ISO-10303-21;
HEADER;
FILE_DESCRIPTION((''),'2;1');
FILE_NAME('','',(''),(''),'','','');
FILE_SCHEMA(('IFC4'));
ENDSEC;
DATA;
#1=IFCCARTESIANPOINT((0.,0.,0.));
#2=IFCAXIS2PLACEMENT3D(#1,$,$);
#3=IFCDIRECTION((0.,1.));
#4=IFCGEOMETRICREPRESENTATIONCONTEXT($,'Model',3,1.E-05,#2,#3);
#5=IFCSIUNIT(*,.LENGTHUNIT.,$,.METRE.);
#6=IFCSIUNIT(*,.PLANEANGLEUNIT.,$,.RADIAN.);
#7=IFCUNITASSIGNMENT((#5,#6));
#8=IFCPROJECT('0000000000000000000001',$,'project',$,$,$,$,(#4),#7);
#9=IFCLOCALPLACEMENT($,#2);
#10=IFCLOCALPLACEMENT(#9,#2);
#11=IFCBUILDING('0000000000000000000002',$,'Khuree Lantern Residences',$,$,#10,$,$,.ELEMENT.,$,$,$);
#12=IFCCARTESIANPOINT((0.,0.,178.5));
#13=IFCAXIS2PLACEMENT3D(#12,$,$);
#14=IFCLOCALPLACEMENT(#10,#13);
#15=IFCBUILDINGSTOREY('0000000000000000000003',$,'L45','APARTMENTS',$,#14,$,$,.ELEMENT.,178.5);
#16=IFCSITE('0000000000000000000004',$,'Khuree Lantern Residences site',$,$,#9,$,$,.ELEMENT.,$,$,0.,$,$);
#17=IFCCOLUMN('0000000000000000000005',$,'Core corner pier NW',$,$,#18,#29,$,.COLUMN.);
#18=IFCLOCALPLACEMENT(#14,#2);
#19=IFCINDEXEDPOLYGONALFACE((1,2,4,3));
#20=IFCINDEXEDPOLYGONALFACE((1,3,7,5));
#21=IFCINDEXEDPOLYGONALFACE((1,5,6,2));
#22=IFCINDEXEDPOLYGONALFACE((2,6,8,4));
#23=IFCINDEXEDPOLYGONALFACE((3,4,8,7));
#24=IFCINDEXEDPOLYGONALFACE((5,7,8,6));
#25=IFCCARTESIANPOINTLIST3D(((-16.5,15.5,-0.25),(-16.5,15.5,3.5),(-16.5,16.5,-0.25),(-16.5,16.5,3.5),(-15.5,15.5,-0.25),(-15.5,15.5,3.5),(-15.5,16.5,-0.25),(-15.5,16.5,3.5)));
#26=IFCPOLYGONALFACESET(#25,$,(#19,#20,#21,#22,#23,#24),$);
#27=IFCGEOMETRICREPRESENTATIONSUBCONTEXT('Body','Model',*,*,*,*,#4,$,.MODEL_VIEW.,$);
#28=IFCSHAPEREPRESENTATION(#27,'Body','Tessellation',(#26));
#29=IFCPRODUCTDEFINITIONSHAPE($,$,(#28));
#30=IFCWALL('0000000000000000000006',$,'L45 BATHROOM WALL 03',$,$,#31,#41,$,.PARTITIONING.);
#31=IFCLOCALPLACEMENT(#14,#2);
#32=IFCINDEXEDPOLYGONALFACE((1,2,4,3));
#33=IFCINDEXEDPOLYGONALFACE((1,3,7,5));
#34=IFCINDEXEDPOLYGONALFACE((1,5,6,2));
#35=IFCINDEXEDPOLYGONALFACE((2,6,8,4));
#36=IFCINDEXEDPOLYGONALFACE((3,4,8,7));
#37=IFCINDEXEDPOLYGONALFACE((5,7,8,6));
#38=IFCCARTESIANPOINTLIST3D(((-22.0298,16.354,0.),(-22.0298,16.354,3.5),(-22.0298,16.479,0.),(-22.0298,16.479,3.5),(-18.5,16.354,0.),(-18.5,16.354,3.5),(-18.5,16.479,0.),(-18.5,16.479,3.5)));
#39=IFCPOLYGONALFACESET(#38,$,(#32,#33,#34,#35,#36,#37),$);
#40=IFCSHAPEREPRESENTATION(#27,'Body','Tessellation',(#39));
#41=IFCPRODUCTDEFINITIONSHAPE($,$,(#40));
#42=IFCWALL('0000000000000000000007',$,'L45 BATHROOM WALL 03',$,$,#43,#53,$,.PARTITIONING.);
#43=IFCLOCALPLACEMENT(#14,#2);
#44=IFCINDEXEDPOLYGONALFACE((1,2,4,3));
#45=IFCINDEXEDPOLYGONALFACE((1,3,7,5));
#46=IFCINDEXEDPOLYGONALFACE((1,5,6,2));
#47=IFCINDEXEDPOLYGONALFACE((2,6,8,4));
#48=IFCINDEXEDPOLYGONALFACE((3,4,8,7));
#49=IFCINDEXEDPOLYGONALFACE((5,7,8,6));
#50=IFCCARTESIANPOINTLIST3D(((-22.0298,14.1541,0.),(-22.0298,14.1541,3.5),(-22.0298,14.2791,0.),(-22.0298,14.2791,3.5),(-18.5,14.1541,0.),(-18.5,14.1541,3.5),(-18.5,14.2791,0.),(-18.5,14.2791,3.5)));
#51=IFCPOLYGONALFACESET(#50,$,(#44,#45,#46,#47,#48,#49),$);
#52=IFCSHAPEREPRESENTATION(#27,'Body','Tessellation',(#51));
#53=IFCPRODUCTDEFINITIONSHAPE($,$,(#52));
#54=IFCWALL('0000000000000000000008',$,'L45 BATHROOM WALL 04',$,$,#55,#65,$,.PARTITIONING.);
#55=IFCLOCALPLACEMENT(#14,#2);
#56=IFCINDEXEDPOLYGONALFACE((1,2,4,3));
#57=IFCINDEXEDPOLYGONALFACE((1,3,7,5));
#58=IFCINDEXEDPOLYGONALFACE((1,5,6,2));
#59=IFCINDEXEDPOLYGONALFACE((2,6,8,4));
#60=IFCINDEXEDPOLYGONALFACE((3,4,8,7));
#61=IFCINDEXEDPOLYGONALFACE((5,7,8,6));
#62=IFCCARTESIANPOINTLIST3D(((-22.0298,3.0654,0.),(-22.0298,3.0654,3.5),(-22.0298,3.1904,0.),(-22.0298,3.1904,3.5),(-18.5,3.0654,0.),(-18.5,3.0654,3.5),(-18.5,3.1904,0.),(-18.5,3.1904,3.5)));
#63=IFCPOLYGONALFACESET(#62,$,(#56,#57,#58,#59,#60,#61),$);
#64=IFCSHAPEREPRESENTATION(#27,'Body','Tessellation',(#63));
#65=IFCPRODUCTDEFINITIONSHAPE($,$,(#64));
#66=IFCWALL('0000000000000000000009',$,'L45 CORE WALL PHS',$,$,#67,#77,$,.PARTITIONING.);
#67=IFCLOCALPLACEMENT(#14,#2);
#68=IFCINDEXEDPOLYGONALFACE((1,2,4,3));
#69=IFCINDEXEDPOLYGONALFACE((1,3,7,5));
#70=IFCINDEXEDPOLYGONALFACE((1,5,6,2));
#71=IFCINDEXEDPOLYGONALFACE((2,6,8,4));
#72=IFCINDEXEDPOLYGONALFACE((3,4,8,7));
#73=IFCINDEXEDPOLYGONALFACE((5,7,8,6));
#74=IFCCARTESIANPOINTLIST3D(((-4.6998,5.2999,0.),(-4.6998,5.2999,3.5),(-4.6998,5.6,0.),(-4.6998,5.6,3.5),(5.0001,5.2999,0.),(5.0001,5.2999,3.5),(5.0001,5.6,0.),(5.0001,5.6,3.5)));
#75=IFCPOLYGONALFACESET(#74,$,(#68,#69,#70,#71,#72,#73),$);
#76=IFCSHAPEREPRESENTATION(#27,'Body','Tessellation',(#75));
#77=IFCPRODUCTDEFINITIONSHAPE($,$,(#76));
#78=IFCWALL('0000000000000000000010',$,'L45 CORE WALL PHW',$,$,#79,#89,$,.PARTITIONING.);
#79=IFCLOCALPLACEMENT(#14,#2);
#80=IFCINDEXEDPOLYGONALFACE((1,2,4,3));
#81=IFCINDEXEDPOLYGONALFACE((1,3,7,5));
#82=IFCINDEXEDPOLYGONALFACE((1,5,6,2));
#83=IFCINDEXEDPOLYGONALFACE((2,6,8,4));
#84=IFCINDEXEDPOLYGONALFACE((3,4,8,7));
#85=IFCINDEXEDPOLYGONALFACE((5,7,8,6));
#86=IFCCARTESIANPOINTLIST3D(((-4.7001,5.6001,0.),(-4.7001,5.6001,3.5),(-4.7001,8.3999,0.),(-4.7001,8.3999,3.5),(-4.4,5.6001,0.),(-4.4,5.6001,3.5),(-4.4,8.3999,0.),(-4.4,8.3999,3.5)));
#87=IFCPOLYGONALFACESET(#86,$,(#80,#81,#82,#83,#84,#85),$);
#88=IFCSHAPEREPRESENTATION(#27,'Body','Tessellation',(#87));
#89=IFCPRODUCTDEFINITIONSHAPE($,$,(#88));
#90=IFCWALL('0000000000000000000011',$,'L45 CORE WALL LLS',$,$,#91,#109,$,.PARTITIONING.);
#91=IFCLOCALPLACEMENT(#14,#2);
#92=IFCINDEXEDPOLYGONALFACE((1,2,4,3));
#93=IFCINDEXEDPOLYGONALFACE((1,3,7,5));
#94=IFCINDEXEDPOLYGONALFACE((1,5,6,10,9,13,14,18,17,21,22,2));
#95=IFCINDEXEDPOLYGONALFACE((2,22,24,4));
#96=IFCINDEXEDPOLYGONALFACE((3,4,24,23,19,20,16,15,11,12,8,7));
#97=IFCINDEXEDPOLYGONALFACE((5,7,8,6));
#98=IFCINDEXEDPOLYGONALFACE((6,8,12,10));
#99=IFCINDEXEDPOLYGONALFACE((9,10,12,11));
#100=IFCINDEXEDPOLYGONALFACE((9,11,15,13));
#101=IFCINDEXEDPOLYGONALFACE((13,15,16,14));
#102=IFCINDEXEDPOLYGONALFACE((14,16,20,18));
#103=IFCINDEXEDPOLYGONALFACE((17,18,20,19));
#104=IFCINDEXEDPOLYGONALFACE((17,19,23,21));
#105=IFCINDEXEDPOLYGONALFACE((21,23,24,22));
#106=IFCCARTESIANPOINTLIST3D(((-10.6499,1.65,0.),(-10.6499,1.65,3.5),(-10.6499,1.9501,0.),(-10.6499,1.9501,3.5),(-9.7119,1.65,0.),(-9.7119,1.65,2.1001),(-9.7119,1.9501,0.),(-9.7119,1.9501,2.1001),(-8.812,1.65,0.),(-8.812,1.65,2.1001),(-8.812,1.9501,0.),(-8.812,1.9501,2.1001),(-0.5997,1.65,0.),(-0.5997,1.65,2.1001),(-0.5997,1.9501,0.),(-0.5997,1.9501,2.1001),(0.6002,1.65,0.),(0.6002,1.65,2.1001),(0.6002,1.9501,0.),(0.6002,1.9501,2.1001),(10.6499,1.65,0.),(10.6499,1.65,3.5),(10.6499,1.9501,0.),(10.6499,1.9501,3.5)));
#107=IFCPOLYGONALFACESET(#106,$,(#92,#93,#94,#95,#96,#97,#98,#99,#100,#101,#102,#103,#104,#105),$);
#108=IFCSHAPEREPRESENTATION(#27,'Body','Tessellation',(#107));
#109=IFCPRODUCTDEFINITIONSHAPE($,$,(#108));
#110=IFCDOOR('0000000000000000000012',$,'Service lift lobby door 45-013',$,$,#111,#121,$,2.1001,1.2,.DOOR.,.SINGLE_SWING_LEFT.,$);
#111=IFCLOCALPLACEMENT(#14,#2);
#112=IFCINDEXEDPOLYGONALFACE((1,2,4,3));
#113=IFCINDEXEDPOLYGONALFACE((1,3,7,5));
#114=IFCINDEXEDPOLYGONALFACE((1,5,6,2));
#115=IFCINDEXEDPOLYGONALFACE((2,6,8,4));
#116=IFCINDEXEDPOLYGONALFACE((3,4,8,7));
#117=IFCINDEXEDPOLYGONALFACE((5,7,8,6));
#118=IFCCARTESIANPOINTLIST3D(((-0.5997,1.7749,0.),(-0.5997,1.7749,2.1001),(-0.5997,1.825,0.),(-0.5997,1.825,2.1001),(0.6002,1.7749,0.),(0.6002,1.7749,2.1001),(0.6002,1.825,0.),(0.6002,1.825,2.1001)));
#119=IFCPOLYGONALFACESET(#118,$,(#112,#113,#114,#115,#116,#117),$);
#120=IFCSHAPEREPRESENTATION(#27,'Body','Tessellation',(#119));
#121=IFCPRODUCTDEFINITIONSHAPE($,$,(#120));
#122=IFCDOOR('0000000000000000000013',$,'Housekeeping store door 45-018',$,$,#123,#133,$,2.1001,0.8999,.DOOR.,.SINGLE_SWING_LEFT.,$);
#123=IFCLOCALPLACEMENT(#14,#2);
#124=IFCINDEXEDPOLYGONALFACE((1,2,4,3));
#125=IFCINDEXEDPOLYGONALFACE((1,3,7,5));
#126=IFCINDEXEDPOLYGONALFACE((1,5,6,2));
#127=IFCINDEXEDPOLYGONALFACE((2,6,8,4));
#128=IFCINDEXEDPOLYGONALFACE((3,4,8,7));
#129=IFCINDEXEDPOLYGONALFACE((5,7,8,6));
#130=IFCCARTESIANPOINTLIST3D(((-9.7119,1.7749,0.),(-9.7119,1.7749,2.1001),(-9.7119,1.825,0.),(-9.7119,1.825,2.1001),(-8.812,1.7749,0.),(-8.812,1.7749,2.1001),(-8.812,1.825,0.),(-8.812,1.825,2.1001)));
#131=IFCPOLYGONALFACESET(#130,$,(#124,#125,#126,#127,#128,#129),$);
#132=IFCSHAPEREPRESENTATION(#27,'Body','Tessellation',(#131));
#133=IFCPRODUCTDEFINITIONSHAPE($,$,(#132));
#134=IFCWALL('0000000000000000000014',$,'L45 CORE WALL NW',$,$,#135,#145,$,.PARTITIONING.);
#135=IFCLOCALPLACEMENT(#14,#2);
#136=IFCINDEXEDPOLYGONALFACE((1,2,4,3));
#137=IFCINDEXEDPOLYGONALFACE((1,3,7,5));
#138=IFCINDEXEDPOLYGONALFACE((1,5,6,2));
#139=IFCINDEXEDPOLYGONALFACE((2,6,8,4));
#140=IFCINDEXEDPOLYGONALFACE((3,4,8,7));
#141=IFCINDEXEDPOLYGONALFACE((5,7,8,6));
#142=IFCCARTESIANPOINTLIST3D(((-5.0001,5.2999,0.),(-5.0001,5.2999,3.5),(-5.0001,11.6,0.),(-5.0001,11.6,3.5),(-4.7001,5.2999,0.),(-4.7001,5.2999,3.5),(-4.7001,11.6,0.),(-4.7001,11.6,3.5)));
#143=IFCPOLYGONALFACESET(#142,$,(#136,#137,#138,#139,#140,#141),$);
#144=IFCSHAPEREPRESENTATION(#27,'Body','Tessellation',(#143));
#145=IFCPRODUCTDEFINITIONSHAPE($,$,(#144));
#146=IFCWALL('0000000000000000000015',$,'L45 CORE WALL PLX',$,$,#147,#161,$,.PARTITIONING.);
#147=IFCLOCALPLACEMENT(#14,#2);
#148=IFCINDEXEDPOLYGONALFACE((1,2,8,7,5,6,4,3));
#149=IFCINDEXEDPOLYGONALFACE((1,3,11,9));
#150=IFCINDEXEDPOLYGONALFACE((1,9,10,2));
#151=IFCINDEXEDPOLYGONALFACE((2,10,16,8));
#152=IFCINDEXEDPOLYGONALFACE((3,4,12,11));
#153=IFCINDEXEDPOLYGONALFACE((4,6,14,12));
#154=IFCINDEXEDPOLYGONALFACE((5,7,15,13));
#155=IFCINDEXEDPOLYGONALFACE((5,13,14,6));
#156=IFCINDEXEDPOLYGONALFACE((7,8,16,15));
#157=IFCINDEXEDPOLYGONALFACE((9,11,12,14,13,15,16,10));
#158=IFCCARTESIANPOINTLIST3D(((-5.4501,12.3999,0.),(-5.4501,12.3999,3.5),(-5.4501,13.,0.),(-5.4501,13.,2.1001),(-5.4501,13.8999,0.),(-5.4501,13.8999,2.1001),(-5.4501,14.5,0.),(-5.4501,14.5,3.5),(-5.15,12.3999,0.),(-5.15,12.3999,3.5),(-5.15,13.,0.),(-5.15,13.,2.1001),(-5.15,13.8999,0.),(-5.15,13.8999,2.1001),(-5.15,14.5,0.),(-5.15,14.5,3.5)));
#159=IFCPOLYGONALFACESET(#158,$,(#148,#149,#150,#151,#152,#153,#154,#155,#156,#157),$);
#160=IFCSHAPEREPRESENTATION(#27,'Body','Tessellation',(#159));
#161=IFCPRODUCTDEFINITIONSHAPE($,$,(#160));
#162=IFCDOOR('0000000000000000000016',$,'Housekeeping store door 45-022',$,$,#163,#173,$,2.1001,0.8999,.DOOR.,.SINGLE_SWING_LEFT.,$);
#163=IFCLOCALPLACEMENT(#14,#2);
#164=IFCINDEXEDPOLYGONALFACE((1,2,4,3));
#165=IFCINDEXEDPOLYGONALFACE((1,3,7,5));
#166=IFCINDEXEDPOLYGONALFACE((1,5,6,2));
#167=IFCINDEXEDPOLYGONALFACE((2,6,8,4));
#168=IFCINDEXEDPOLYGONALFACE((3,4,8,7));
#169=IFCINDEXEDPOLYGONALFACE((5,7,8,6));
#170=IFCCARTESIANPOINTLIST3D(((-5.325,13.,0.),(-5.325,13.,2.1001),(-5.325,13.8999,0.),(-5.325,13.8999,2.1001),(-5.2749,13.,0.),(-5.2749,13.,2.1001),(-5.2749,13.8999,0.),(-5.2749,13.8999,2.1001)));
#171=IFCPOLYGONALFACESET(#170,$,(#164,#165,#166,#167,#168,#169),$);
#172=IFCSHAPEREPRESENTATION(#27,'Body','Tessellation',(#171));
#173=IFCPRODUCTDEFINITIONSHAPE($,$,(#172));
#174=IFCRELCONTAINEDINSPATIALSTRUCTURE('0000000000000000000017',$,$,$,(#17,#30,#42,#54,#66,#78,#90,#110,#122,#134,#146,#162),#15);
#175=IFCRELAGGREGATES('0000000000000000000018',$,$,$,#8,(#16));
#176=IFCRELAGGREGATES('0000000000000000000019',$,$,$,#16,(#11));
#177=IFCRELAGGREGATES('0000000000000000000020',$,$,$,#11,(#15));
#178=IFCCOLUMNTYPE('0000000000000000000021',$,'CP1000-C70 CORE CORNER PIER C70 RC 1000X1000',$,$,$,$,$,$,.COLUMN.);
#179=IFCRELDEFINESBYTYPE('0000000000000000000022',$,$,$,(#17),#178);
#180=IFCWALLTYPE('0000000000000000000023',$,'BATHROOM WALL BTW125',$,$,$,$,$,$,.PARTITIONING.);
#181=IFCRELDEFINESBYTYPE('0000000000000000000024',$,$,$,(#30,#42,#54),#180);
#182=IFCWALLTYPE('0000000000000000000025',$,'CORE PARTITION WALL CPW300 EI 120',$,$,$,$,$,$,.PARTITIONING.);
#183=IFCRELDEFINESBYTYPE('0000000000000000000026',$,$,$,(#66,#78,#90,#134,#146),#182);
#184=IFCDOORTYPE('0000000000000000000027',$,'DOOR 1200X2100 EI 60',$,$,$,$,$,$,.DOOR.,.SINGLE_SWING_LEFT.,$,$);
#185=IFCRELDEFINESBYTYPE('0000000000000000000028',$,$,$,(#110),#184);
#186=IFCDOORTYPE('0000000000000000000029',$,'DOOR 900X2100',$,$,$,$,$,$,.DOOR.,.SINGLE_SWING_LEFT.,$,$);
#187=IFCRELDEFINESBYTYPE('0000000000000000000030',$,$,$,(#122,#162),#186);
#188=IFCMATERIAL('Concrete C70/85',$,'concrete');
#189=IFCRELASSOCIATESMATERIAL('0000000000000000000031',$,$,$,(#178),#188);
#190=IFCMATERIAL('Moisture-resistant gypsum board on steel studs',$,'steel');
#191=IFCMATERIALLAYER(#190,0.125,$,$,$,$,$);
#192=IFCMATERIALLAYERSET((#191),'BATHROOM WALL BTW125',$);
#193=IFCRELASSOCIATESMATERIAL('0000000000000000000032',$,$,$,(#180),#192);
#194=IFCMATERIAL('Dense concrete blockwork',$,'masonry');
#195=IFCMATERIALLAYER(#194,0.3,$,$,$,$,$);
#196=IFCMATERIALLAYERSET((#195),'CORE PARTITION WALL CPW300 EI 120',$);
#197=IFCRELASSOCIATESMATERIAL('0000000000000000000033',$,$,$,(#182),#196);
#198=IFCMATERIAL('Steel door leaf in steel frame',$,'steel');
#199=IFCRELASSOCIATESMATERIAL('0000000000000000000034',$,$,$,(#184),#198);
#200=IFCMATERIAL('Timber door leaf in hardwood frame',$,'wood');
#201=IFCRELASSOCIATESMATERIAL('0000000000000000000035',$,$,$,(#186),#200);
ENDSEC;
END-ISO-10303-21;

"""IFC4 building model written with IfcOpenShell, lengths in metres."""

from ifc_helpers import new_model, si_unit, direction, frame, frame_2d, origin, origin_2d, place, context, subcontext, project, spatial, rectangle, extrude, material, layer, layer_set, material_profile, profile_set, type_object, element, fill, save


model = new_model("IFC4")

# Units and contexts
model_context = context("Model", 3, precision=1e-05, world=origin(), true_north=direction((0.0, 1.0)))
body_context = subcontext(model_context, "Body", "Model", "MODEL_VIEW")
ifc_project = project(units=[si_unit("LENGTHUNIT", "METRE"), si_unit("PLANEANGLEUNIT", "RADIAN")], contexts=[model_context])

# Site, building, storey
site_placement = place(None, origin())
site = spatial("IfcSite", under=ifc_project, at=site_placement, Name="Khuree Lantern Residences site", CompositionType="ELEMENT", RefElevation=0.0)
building_placement = place(site_placement, origin())
building = spatial("IfcBuilding", under=site, at=building_placement, Name="Khuree Lantern Residences", CompositionType="ELEMENT")
storey_placement = place(building_placement, frame((0.0, 0.0, 178.5)))
storey = spatial("IfcBuildingStorey", under=building, at=storey_placement, Name="L45", Description="APARTMENTS", CompositionType="ELEMENT", Elevation=178.5)

# Column
ifc_material_1 = material(Name="Concrete C70/85", Category="concrete")
ifc_material_profile = material_profile(ifc_material_1, rectangle(XDim=1.0, YDim=1.0, at=origin_2d()), Name="RC 1000X1000")
ifc_profile_set = profile_set([ifc_material_profile], Name="Concrete C70/85")
column_type = type_object("IfcColumnType", Name="CP1000-C70 CORE CORNER PIER C70 RC 1000X1000", PredefinedType="COLUMN", material=ifc_profile_set)
column_placement = place(storey_placement, frame((-16.0, 16.0, -0.25), z_axis=(0.0, 0.0, 1.0), x_axis=(1.0, 0.0, 0.0)))
element("IfcColumn", 1, at=column_placement, inside=storey, type_object=column_type, Name="Core corner pier NW", PredefinedType="COLUMN", context=body_context, shape_type="SweptSolid", body=[
    extrude(rectangle(XDim=1.0, YDim=1.0, at=origin_2d()), origin(), (0.0, 0.0, 1.0), 3.75),
])

# Walls
ifc_material_2 = material(Name="Moisture-resistant gypsum board on steel studs", Category="steel")
ifc_layer_1 = layer(ifc_material_2, 0.125)
ifc_layer_set_1 = layer_set([ifc_layer_1], Name="BATHROOM WALL BTW125")
wall_type_1 = type_object("IfcWallType", Name="BATHROOM WALL BTW125", PredefinedType="PARTITIONING", material=ifc_layer_set_1)
for number, where, z_axis, x_axis, name in (
    (2, (-18.5, 16.4165, 0.0), (0.0, 0.0, 1.0), (-1.0, 0.0, 0.0), "L45 BATHROOM WALL 03"),
    (3, (-18.5, 14.2166, 0.0), (0.0, 0.0, 1.0), (-1.0, 0.0, 0.0), "L45 BATHROOM WALL 03"),
    (4, (-18.5, 3.1279, 0.0), (0.0, 0.0, 1.0), (-1.0, 0.0, 0.0), "L45 BATHROOM WALL 04"),
):
    element("IfcWall", number, at=place(storey_placement, frame(where, z_axis=z_axis, x_axis=x_axis)), inside=storey, type_object=wall_type_1, Name=name, PredefinedType="PARTITIONING", context=body_context, shape_type="SweptSolid", body=[
        extrude(rectangle(XDim=3.5298, YDim=0.125, at=frame_2d((1.7649, 0.0))), origin(), (0.0, 0.0, 1.0), 3.5),
    ])
ifc_material_3 = material(Name="Dense concrete blockwork", Category="masonry")
ifc_layer_2 = layer(ifc_material_3, 0.3)
ifc_layer_set_2 = layer_set([ifc_layer_2], Name="CORE PARTITION WALL CPW300 EI 120")
wall_type_2 = type_object("IfcWallType", Name="CORE PARTITION WALL CPW300 EI 120", PredefinedType="PARTITIONING", material=ifc_layer_set_2)
wall_1_placement = place(storey_placement, frame((-4.7, 5.45, 0.0), z_axis=(0.0, 0.0, 1.0), x_axis=(1.0, 0.0, 0.0)))
element("IfcWall", 5, at=wall_1_placement, inside=storey, type_object=wall_type_2, Name="L45 CORE WALL PHS", PredefinedType="PARTITIONING", context=body_context, shape_type="SweptSolid", body=[
    extrude(rectangle(XDim=9.7, YDim=0.3, at=frame_2d((4.8501, 0.0))), origin(), (0.0, 0.0, 1.0), 3.5),
])
wall_2_placement = place(storey_placement, frame((-4.55, 5.6001, 0.0), z_axis=(0.0, 0.0, 1.0), x_axis=(0.0, 1.0, 0.0)))
element("IfcWall", 6, at=wall_2_placement, inside=storey, type_object=wall_type_2, Name="L45 CORE WALL PHW", PredefinedType="PARTITIONING", context=body_context, shape_type="SweptSolid", body=[
    extrude(rectangle(XDim=2.7998, YDim=0.3, at=frame_2d((1.3999, 0.0))), origin(), (0.0, 0.0, 1.0), 3.5),
])

# Wall, openings, doors
wall_3_placement = place(storey_placement, frame((-10.6499, 1.8, 0.0), z_axis=(0.0, 0.0, 1.0), x_axis=(1.0, 0.0, 0.0)))
wall_3 = element("IfcWall", 7, at=wall_3_placement, inside=storey, type_object=wall_type_2, Name="L45 CORE WALL LLS", PredefinedType="PARTITIONING", context=body_context, shape_type="SweptSolid", body=[
    extrude(rectangle(XDim=21.2998, YDim=0.3, at=frame_2d((10.6499, 0.0))), origin(), (0.0, 0.0, 1.0), 3.5),
])
opening_1_placement = place(wall_3_placement, frame((10.05, 0.0, 0.0)))
opening_1 = element("IfcOpeningElement", 8, at=opening_1_placement, cuts=wall_3, PredefinedType="OPENING", context=body_context, shape_type="SweptSolid", body=[
    extrude(rectangle(XDim=1.2, YDim=2.1001, at=frame_2d((0.6001, 1.05))), frame((0.0, 0.1602, 0.0), z_axis=(0.0, -1.0, 0.0), x_axis=(1.0, 0.0, 0.0)), (0.0, 0.0, 1.0), 0.3201),
])
opening_2_placement = place(wall_3_placement, frame((0.938, 0.0, 0.0)))
opening_2 = element("IfcOpeningElement", 9, at=opening_2_placement, cuts=wall_3, PredefinedType="OPENING", context=body_context, shape_type="SweptSolid", body=[
    extrude(rectangle(XDim=0.8999, YDim=2.1001, at=frame_2d((0.45, 1.05))), frame((0.0, 0.1602, 0.0), z_axis=(0.0, -1.0, 0.0), x_axis=(1.0, 0.0, 0.0)), (0.0, 0.0, 1.0), 0.3201),
])
ifc_material_4 = material(Name="Steel door leaf in steel frame", Category="steel")
door_type_1 = type_object("IfcDoorType", Name="DOOR 1200X2100 EI 60", OperationType="SINGLE_SWING_LEFT", PredefinedType="DOOR", material=ifc_material_4)
door_1_placement = place(opening_1_placement, origin())
door_1 = element("IfcDoor", 10, at=door_1_placement, inside=storey, type_object=door_type_1, Name="Service lift lobby door 45-013", OperationType="SINGLE_SWING_LEFT", OverallHeight=2.1001, OverallWidth=1.2, PredefinedType="DOOR", context=body_context, shape_type="SweptSolid", body=[
    extrude(rectangle(XDim=1.2, YDim=2.1001, at=frame_2d((0.6001, 1.05))), frame((0.0, 0.0249, 0.0), z_axis=(0.0, -1.0, 0.0), x_axis=(1.0, 0.0, 0.0)), (0.0, 0.0, 1.0), 0.05),
])
fill(opening_1, door_1)
ifc_material_5 = material(Name="Timber door leaf in hardwood frame", Category="wood")
door_type_2 = type_object("IfcDoorType", Name="DOOR 900X2100", OperationType="SINGLE_SWING_LEFT", PredefinedType="DOOR", material=ifc_material_5)
door_2_placement = place(opening_2_placement, origin())
door_2 = element("IfcDoor", 11, at=door_2_placement, inside=storey, type_object=door_type_2, Name="Housekeeping store door 45-018", OperationType="SINGLE_SWING_LEFT", OverallHeight=2.1001, OverallWidth=0.8999, PredefinedType="DOOR", context=body_context, shape_type="SweptSolid", body=[
    extrude(rectangle(XDim=0.8999, YDim=2.1001, at=frame_2d((0.45, 1.05))), frame((0.0, 0.0249, 0.0), z_axis=(0.0, -1.0, 0.0), x_axis=(1.0, 0.0, 0.0)), (0.0, 0.0, 1.0), 0.05),
])
fill(opening_2, door_2)

# Wall
wall_4_placement = place(storey_placement, frame((-4.8501, 5.3, 0.0), z_axis=(0.0, 0.0, 1.0), x_axis=(0.0, 1.0, 0.0)))
element("IfcWall", 12, at=wall_4_placement, inside=storey, type_object=wall_type_2, Name="L45 CORE WALL NW", PredefinedType="PARTITIONING", context=body_context, shape_type="SweptSolid", body=[
    extrude(rectangle(XDim=6.3, YDim=0.3, at=frame_2d((3.1499, 0.0))), origin(), (0.0, 0.0, 1.0), 3.5),
])

# Wall, opening, door
wall_5_placement = place(storey_placement, frame((-5.3, 12.3999, 0.0), z_axis=(0.0, 0.0, 1.0), x_axis=(0.0, 1.0, 0.0)))
wall_5 = element("IfcWall", 13, at=wall_5_placement, inside=storey, type_object=wall_type_2, Name="L45 CORE WALL PLX", PredefinedType="PARTITIONING", context=body_context, shape_type="SweptSolid", body=[
    extrude(rectangle(XDim=2.1001, YDim=0.3, at=frame_2d((1.05, 0.0))), origin(), (0.0, 0.0, 1.0), 3.5),
])
opening_3_placement = place(wall_5_placement, frame((0.6001, 0.0, 0.0)))
opening_3 = element("IfcOpeningElement", 14, at=opening_3_placement, cuts=wall_5, PredefinedType="OPENING", context=body_context, shape_type="SweptSolid", body=[
    extrude(rectangle(XDim=0.8999, YDim=2.1001, at=frame_2d((0.45, 1.05))), frame((0.0, 0.1602, 0.0), z_axis=(0.0, -1.0, 0.0), x_axis=(1.0, 0.0, 0.0)), (0.0, 0.0, 1.0), 0.3201),
])
door_3_placement = place(opening_3_placement, origin())
door_3 = element("IfcDoor", 15, at=door_3_placement, inside=storey, type_object=door_type_2, Name="Housekeeping store door 45-022", OperationType="SINGLE_SWING_LEFT", OverallHeight=2.1001, OverallWidth=0.8999, PredefinedType="DOOR", context=body_context, shape_type="SweptSolid", body=[
    extrude(rectangle(XDim=0.8999, YDim=2.1001, at=frame_2d((0.45, 1.05))), frame((0.0, 0.0249, 0.0), z_axis=(0.0, -1.0, 0.0), x_axis=(1.0, 0.0, 0.0)), (0.0, 0.0, 1.0), 0.05),
])
fill(opening_3, door_3)

save(model, "model.ifc")
